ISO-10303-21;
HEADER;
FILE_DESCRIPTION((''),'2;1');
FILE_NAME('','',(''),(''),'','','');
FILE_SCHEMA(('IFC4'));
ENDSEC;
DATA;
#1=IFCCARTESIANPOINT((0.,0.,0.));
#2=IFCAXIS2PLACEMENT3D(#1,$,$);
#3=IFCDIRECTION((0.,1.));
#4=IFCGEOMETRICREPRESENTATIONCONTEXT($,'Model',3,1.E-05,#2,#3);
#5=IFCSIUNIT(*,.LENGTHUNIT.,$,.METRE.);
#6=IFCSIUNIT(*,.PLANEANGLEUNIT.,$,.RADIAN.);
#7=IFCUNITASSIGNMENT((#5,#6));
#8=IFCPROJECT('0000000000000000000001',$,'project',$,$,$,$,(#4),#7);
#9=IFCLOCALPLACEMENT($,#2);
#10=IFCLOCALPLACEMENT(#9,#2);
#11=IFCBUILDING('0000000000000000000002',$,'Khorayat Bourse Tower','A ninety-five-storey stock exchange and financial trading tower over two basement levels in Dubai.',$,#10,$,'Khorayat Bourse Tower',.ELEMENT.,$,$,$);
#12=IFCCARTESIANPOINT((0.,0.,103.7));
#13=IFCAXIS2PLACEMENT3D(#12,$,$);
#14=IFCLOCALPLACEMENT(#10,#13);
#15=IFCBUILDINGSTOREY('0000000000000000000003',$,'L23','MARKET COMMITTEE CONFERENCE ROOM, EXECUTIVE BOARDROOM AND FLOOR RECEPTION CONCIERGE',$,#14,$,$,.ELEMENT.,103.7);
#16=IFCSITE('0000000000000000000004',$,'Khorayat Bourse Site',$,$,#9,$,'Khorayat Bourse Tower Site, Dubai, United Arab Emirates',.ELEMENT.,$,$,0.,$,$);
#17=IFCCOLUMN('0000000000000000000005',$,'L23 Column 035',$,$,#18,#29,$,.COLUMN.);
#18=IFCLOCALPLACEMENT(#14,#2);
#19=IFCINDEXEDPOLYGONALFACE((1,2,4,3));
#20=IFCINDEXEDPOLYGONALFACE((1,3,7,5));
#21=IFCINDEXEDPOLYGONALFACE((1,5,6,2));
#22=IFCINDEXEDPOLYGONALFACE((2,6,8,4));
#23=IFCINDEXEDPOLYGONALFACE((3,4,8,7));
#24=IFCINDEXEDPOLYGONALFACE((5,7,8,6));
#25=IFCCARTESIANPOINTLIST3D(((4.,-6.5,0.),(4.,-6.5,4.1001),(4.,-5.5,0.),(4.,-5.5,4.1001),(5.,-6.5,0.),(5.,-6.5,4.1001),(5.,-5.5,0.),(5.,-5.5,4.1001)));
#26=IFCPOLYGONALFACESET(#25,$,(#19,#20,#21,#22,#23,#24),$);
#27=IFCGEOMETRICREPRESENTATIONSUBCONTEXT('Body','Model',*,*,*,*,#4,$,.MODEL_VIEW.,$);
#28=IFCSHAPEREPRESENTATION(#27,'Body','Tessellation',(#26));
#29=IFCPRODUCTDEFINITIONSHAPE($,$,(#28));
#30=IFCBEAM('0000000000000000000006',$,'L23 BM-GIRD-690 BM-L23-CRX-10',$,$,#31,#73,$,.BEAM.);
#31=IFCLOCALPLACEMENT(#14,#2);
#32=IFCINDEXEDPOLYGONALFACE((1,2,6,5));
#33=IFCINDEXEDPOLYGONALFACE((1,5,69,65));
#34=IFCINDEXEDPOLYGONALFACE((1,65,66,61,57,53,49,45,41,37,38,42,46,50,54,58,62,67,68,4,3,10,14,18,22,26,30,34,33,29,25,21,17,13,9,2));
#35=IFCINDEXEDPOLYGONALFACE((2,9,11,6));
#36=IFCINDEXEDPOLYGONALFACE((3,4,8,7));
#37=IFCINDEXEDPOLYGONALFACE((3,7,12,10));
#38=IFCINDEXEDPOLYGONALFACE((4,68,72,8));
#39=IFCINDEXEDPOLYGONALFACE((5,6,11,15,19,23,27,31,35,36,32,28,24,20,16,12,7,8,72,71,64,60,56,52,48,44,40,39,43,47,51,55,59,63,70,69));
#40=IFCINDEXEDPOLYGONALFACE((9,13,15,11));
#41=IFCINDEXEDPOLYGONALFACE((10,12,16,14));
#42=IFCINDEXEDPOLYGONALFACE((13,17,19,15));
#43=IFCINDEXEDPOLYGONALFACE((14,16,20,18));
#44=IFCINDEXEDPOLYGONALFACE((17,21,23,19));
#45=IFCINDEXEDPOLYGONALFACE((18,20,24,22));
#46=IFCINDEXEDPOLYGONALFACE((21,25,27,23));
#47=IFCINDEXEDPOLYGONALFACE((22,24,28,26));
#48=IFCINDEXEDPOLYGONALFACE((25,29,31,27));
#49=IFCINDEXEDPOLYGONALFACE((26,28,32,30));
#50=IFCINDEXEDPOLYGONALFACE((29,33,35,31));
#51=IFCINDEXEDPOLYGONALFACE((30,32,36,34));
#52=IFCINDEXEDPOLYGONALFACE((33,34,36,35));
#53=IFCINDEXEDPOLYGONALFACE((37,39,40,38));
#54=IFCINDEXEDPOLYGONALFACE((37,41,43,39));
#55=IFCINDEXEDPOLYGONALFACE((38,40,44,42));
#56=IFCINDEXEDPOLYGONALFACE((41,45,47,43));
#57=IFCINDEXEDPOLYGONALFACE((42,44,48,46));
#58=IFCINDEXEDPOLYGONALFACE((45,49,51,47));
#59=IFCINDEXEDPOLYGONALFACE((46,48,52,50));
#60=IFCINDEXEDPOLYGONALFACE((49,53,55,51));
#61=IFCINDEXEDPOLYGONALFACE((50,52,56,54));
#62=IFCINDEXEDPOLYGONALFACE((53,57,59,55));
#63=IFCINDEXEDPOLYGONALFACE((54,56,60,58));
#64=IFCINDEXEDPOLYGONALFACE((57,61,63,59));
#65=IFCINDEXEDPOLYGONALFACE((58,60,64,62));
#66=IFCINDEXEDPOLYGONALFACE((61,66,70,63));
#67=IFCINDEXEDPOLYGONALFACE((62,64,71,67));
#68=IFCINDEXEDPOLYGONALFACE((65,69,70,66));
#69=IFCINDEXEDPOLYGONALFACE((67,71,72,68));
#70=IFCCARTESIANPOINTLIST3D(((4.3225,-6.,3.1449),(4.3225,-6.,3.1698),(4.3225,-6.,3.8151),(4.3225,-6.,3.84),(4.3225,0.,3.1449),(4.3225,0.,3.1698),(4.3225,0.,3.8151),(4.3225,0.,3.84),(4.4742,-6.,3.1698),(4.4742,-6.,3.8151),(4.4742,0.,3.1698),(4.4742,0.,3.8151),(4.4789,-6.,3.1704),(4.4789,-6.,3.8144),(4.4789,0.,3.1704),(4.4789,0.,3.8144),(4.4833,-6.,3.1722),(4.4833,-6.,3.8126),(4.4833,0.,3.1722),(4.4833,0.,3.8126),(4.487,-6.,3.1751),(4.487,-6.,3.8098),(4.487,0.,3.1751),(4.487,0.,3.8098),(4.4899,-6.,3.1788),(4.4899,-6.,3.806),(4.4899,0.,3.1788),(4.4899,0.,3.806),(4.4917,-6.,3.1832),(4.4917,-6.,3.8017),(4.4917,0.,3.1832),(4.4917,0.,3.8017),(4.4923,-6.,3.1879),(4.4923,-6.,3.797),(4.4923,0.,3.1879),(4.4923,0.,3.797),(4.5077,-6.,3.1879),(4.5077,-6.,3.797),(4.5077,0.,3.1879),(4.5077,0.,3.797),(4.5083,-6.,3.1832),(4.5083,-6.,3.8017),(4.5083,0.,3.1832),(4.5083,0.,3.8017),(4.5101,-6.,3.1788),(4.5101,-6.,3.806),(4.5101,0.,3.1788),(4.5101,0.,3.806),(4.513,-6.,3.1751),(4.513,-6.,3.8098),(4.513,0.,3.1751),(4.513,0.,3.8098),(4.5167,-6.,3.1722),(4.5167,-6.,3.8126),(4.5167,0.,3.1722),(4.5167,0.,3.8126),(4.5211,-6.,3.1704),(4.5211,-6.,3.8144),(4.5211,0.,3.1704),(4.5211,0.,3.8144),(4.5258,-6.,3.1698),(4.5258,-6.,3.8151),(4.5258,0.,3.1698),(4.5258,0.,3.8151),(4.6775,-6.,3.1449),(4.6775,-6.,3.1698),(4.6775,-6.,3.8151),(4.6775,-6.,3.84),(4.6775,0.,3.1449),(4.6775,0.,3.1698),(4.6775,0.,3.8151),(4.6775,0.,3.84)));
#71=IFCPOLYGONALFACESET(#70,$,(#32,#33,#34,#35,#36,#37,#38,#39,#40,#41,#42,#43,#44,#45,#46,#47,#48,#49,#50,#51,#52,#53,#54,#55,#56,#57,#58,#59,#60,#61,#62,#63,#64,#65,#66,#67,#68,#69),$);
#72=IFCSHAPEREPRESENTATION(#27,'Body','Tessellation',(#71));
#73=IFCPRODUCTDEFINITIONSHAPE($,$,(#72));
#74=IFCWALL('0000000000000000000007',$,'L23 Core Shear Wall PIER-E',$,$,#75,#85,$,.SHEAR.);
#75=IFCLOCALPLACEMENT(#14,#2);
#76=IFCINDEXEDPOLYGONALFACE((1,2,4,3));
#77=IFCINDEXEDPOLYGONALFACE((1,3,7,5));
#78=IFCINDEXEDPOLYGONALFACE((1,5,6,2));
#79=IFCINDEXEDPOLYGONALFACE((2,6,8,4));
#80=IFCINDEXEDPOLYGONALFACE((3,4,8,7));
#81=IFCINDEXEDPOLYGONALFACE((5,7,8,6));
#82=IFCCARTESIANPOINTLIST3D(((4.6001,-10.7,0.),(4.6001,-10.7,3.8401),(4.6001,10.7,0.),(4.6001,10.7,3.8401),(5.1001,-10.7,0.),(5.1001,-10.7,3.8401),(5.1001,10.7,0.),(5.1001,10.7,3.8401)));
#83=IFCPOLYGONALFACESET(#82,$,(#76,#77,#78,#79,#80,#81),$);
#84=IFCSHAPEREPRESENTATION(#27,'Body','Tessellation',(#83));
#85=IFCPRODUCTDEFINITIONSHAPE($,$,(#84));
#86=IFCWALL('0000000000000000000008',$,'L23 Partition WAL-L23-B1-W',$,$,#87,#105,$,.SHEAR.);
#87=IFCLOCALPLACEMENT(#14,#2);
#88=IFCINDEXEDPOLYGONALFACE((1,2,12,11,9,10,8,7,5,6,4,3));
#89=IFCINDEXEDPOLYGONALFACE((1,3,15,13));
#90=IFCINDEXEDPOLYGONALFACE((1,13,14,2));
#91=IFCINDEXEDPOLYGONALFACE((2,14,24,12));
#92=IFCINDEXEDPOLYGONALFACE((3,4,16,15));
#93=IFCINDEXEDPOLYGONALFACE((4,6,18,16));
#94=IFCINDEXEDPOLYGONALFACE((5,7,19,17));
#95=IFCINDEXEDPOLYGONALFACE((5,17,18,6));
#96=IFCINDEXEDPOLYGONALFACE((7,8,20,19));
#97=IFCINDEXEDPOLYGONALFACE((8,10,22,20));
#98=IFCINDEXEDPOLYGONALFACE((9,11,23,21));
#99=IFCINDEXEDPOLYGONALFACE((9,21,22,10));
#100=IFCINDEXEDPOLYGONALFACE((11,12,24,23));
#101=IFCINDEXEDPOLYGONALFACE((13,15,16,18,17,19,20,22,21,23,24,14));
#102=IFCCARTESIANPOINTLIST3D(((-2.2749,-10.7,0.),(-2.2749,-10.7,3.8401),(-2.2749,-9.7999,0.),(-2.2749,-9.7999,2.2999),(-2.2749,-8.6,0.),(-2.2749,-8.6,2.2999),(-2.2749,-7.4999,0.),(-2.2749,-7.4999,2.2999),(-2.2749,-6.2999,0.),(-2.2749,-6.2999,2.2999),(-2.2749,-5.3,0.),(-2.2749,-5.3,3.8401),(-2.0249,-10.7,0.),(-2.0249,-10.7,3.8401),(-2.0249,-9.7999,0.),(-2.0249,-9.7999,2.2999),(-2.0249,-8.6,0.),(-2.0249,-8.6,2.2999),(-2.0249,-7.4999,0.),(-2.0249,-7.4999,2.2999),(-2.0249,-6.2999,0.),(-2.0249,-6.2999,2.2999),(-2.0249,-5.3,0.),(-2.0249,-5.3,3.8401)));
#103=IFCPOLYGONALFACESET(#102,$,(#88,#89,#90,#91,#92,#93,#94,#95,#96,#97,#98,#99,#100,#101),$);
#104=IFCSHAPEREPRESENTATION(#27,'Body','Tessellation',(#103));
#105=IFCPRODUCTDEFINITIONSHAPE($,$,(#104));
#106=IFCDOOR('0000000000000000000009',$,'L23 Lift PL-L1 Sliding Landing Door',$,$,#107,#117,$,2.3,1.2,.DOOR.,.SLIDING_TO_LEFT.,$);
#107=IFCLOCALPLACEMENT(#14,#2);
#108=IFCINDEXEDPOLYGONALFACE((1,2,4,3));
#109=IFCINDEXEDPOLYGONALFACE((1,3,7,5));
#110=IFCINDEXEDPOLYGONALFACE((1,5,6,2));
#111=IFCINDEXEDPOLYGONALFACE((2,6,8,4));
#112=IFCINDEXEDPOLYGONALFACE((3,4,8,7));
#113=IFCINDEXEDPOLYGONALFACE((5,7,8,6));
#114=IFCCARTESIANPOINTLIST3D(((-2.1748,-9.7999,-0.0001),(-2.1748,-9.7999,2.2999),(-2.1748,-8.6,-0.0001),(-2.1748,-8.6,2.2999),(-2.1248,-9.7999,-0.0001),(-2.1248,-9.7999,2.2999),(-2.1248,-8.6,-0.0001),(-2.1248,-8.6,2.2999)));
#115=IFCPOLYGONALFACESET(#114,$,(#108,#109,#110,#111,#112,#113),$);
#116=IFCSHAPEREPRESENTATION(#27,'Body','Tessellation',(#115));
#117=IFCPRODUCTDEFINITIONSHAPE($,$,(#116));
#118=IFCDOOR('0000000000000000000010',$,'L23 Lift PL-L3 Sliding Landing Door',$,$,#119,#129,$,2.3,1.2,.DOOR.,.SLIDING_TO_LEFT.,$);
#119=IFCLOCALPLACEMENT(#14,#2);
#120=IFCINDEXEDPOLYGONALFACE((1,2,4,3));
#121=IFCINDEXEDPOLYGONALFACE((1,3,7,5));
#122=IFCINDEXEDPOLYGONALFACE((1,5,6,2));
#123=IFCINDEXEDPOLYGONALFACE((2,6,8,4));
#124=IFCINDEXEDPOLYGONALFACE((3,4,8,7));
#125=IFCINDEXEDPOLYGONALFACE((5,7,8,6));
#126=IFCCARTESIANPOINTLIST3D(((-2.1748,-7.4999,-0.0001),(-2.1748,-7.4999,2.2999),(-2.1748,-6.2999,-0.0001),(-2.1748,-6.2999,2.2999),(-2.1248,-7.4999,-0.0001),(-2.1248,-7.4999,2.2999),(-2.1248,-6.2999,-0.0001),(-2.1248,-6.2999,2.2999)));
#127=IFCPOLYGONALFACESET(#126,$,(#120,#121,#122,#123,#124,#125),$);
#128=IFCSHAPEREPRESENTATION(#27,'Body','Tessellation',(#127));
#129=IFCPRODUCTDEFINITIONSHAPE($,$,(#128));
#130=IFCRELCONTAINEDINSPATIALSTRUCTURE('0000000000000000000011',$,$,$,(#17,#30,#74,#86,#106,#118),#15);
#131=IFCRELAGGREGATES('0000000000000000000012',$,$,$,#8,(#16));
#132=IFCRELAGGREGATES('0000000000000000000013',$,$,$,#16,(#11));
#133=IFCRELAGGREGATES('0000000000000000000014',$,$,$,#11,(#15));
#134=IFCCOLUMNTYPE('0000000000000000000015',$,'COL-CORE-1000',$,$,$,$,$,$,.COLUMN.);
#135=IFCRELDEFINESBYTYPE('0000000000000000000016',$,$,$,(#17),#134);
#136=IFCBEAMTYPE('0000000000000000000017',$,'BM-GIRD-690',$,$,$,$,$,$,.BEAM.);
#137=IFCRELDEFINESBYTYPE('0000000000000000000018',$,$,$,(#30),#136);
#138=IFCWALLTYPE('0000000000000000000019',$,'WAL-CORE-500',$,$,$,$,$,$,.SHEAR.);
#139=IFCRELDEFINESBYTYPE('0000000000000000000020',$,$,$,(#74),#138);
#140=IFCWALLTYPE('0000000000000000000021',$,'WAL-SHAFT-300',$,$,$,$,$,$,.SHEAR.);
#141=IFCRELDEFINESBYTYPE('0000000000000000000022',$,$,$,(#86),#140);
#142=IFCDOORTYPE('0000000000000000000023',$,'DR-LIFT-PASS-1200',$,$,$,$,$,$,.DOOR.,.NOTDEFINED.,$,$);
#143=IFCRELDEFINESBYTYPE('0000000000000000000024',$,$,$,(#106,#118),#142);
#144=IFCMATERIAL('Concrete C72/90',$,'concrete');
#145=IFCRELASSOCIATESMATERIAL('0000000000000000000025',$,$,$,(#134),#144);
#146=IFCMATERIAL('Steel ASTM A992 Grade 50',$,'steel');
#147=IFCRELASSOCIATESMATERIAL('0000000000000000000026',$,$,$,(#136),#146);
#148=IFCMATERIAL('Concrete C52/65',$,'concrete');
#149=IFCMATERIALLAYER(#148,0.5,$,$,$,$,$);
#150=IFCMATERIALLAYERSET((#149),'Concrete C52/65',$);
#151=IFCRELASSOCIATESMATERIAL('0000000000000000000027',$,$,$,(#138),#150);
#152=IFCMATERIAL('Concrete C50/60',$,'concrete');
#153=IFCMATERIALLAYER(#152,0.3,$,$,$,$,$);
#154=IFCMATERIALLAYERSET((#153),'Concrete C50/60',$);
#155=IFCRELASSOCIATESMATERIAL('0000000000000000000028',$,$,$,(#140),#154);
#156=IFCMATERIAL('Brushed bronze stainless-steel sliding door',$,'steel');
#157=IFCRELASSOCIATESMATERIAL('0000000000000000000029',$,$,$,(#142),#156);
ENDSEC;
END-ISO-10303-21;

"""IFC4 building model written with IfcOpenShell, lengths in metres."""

from ifc_helpers import new_model, si_unit, direction, frame, frame_2d, origin, origin_2d, place, context, subcontext, project, spatial, rectangle, i_section, extrude, source, transform, mapped, material, layer, layer_set, material_profile, profile_set, type_object, element, fill, save


model = new_model("IFC4")

# Units and contexts
model_context = context("Model", 3, precision=1e-05, world=origin(), true_north=direction((0.0, 1.0)))
body_context = subcontext(model_context, "Body", "Model", "MODEL_VIEW")
ifc_project = project(units=[si_unit("LENGTHUNIT", "METRE"), si_unit("PLANEANGLEUNIT", "RADIAN")], contexts=[model_context])

# Site, building, storey
site_placement = place(None, origin())
site = spatial("IfcSite", under=ifc_project, at=site_placement, Name="Khorayat Bourse Site", LongName="Khorayat Bourse Tower Site, Dubai, United Arab Emirates", CompositionType="ELEMENT", RefElevation=0.0)
building_placement = place(site_placement, origin())
building = spatial("IfcBuilding", under=site, at=building_placement, Name="Khorayat Bourse Tower", Description="A ninety-five-storey stock exchange and financial trading tower over two basement levels in Dubai.", LongName="Khorayat Bourse Tower", CompositionType="ELEMENT")
storey_placement = place(building_placement, frame((0.0, 0.0, 103.7)))
storey = spatial("IfcBuildingStorey", under=building, at=storey_placement, Name="L23", Description="MARKET COMMITTEE CONFERENCE ROOM, EXECUTIVE BOARDROOM AND FLOOR RECEPTION CONCIERGE", CompositionType="ELEMENT", Elevation=103.7)

# Column
ifc_material_1 = material(Name="Concrete C72/90", Category="concrete")
ifc_material_profile_1 = material_profile(ifc_material_1, rectangle(XDim=1.0, YDim=1.0, at=origin_2d()), Name="RC 1000x1000")
ifc_profile_set_1 = profile_set([ifc_material_profile_1], Name="Concrete C72/90")
column_type = type_object("IfcColumnType", Name="COL-CORE-1000", PredefinedType="COLUMN", material=ifc_profile_set_1)
shared_shape_1 = source(origin(), body_context, "Body", "SweptSolid", [
    extrude(rectangle(XDim=1.0, YDim=1.0, at=origin_2d()), origin(), (0.0, 0.0, 1.0), 4.1001),
])
column_placement = place(storey_placement, frame((4.5, -6.0, 0.0), z_axis=(0.0, 0.0, 1.0), x_axis=(1.0, 0.0, 0.0)))
element("IfcColumn", 1, at=column_placement, inside=storey, type_object=column_type, Name="L23 Column 035", PredefinedType="COLUMN", context=body_context, shape_type="MappedRepresentation", body=[
    mapped(shared_shape_1, transform((0.0, 0.0, 0.0), scale=1.0)),
])

# Beam
ifc_material_2 = material(Name="Steel ASTM A992 Grade 50", Category="steel")
ifc_material_profile_2 = material_profile(ifc_material_2, i_section(OverallWidth=0.355, OverallDepth=0.6951, WebThickness=0.0154, FlangeThickness=0.0249, FilletRadius=0.0181, at=origin_2d()), Name="W690X217")
ifc_profile_set_2 = profile_set([ifc_material_profile_2], Name="Steel ASTM A992 Grade 50")
beam_type = type_object("IfcBeamType", Name="BM-GIRD-690", PredefinedType="BEAM", material=ifc_profile_set_2)
shared_shape_2 = source(origin(), body_context, "Body", "SweptSolid", [
    extrude(i_section(OverallWidth=0.355, OverallDepth=0.6951, WebThickness=0.0154, FlangeThickness=0.0249, FilletRadius=0.0181, at=origin_2d()), origin(), (0.0, 0.0, 1.0), 6.0),
])
beam_placement = place(storey_placement, frame((4.5, -6.0, 3.4924), z_axis=(0.0, 1.0, 0.0), x_axis=(-1.0, 0.0, 0.0)))
element("IfcBeam", 2, at=beam_placement, inside=storey, type_object=beam_type, Name="L23 BM-GIRD-690 BM-L23-CRX-10", PredefinedType="BEAM", context=body_context, shape_type="MappedRepresentation", body=[
    mapped(shared_shape_2, transform((0.0, 0.0, 0.0), scale=1.0)),
])

# Wall
ifc_material_3 = material(Name="Concrete C52/65", Category="concrete")
ifc_layer_1 = layer(ifc_material_3, 0.5)
ifc_layer_set_1 = layer_set([ifc_layer_1], Name="Concrete C52/65")
wall_type_1 = type_object("IfcWallType", Name="WAL-CORE-500", PredefinedType="SHEAR", material=ifc_layer_set_1)
shared_shape_3 = source(origin(), body_context, "Body", "SweptSolid", [
    extrude(rectangle(XDim=21.3999, YDim=0.5, at=frame_2d((10.7, 0.0))), origin(), (0.0, 0.0, 1.0), 3.8401),
])
wall_1_placement = place(storey_placement, frame((4.8501, -10.7, 0.0), z_axis=(0.0, 0.0, 1.0), x_axis=(0.0, 1.0, 0.0)))
element("IfcWall", 3, at=wall_1_placement, inside=storey, type_object=wall_type_1, Name="L23 Core Shear Wall PIER-E", PredefinedType="SHEAR", context=body_context, shape_type="MappedRepresentation", body=[
    mapped(shared_shape_3, transform((0.0, 0.0, 0.0), scale=1.0)),
])

# Wall, openings, doors
ifc_material_4 = material(Name="Concrete C50/60", Category="concrete")
ifc_layer_2 = layer(ifc_material_4, 0.3)
ifc_layer_set_2 = layer_set([ifc_layer_2], Name="Concrete C50/60")
wall_type_2 = type_object("IfcWallType", Name="WAL-SHAFT-300", PredefinedType="SHEAR", material=ifc_layer_set_2)
shared_shape_4 = source(origin(), body_context, "Body", "SweptSolid", [
    extrude(rectangle(XDim=5.3999, YDim=0.25, at=frame_2d((2.7, 0.0))), origin(), (0.0, 0.0, 1.0), 3.8401),
])
wall_2_placement = place(storey_placement, frame((-2.1499, -10.7, 0.0), z_axis=(0.0, 0.0, 1.0), x_axis=(0.0, 1.0, 0.0)))
wall_2 = element("IfcWall", 4, at=wall_2_placement, inside=storey, type_object=wall_type_2, Name="L23 Partition WAL-L23-B1-W", PredefinedType="SHEAR", context=body_context, shape_type="MappedRepresentation", body=[
    mapped(shared_shape_4, transform((0.0, 0.0, 0.0), scale=1.0)),
])
shared_shape_5 = source(origin(), body_context, "Body", "SweptSolid", [
    extrude(rectangle(XDim=1.2, YDim=2.3, at=frame_2d((0.6001, 1.1499))), frame((0.0, 0.135, 0.0), z_axis=(0.0, -1.0, 0.0), x_axis=(1.0, 0.0, 0.0)), (0.0, 0.0, 1.0), 0.27),
])
opening_1_placement = place(wall_2_placement, frame((0.8999, 0.0, 0.0)))
opening_1 = element("IfcOpeningElement", 5, at=opening_1_placement, cuts=wall_2, PredefinedType="OPENING", context=body_context, shape_type="MappedRepresentation", body=[
    mapped(shared_shape_5, transform((0.0, 0.0, 0.0), scale=1.0)),
])
opening_2_placement = place(wall_2_placement, frame((3.2, 0.0, 0.0)))
opening_2 = element("IfcOpeningElement", 6, at=opening_2_placement, cuts=wall_2, PredefinedType="OPENING", context=body_context, shape_type="MappedRepresentation", body=[
    mapped(shared_shape_5, transform((0.0, 0.0, 0.0), scale=1.0)),
])
ifc_material_5 = material(Name="Brushed bronze stainless-steel sliding door", Category="steel")
door_type_1 = type_object("IfcDoorType", Name="DR-LIFT-PASS-1200", OperationType="NOTDEFINED", PredefinedType="DOOR", material=ifc_material_5)
shared_shape_6 = source(origin(), body_context, "Body", "SweptSolid", [
    extrude(rectangle(XDim=1.2, YDim=2.3, at=frame_2d((0.6001, 1.1499))), frame((0.0, 0.0249, 0.0), z_axis=(0.0, -1.0, 0.0), x_axis=(1.0, 0.0, 0.0)), (0.0, 0.0, 1.0), 0.05),
])
door_1_placement = place(opening_1_placement, origin())
door_1 = element("IfcDoor", 7, at=door_1_placement, inside=storey, type_object=door_type_1, Name="L23 Lift PL-L1 Sliding Landing Door", OperationType="SLIDING_TO_LEFT", OverallHeight=2.3, OverallWidth=1.2, PredefinedType="DOOR", context=body_context, shape_type="MappedRepresentation", body=[
    mapped(shared_shape_6, transform((0.0, 0.0, 0.0), scale=1.0)),
])
fill(opening_1, door_1)
door_2_placement = place(opening_2_placement, origin())
door_2 = element("IfcDoor", 8, at=door_2_placement, inside=storey, type_object=door_type_1, Name="L23 Lift PL-L3 Sliding Landing Door", OperationType="SLIDING_TO_LEFT", OverallHeight=2.3, OverallWidth=1.2, PredefinedType="DOOR", context=body_context, shape_type="MappedRepresentation", body=[
    mapped(shared_shape_6, transform((0.0, 0.0, 0.0), scale=1.0)),
])
fill(opening_2, door_2)

save(model, "model.ifc")
